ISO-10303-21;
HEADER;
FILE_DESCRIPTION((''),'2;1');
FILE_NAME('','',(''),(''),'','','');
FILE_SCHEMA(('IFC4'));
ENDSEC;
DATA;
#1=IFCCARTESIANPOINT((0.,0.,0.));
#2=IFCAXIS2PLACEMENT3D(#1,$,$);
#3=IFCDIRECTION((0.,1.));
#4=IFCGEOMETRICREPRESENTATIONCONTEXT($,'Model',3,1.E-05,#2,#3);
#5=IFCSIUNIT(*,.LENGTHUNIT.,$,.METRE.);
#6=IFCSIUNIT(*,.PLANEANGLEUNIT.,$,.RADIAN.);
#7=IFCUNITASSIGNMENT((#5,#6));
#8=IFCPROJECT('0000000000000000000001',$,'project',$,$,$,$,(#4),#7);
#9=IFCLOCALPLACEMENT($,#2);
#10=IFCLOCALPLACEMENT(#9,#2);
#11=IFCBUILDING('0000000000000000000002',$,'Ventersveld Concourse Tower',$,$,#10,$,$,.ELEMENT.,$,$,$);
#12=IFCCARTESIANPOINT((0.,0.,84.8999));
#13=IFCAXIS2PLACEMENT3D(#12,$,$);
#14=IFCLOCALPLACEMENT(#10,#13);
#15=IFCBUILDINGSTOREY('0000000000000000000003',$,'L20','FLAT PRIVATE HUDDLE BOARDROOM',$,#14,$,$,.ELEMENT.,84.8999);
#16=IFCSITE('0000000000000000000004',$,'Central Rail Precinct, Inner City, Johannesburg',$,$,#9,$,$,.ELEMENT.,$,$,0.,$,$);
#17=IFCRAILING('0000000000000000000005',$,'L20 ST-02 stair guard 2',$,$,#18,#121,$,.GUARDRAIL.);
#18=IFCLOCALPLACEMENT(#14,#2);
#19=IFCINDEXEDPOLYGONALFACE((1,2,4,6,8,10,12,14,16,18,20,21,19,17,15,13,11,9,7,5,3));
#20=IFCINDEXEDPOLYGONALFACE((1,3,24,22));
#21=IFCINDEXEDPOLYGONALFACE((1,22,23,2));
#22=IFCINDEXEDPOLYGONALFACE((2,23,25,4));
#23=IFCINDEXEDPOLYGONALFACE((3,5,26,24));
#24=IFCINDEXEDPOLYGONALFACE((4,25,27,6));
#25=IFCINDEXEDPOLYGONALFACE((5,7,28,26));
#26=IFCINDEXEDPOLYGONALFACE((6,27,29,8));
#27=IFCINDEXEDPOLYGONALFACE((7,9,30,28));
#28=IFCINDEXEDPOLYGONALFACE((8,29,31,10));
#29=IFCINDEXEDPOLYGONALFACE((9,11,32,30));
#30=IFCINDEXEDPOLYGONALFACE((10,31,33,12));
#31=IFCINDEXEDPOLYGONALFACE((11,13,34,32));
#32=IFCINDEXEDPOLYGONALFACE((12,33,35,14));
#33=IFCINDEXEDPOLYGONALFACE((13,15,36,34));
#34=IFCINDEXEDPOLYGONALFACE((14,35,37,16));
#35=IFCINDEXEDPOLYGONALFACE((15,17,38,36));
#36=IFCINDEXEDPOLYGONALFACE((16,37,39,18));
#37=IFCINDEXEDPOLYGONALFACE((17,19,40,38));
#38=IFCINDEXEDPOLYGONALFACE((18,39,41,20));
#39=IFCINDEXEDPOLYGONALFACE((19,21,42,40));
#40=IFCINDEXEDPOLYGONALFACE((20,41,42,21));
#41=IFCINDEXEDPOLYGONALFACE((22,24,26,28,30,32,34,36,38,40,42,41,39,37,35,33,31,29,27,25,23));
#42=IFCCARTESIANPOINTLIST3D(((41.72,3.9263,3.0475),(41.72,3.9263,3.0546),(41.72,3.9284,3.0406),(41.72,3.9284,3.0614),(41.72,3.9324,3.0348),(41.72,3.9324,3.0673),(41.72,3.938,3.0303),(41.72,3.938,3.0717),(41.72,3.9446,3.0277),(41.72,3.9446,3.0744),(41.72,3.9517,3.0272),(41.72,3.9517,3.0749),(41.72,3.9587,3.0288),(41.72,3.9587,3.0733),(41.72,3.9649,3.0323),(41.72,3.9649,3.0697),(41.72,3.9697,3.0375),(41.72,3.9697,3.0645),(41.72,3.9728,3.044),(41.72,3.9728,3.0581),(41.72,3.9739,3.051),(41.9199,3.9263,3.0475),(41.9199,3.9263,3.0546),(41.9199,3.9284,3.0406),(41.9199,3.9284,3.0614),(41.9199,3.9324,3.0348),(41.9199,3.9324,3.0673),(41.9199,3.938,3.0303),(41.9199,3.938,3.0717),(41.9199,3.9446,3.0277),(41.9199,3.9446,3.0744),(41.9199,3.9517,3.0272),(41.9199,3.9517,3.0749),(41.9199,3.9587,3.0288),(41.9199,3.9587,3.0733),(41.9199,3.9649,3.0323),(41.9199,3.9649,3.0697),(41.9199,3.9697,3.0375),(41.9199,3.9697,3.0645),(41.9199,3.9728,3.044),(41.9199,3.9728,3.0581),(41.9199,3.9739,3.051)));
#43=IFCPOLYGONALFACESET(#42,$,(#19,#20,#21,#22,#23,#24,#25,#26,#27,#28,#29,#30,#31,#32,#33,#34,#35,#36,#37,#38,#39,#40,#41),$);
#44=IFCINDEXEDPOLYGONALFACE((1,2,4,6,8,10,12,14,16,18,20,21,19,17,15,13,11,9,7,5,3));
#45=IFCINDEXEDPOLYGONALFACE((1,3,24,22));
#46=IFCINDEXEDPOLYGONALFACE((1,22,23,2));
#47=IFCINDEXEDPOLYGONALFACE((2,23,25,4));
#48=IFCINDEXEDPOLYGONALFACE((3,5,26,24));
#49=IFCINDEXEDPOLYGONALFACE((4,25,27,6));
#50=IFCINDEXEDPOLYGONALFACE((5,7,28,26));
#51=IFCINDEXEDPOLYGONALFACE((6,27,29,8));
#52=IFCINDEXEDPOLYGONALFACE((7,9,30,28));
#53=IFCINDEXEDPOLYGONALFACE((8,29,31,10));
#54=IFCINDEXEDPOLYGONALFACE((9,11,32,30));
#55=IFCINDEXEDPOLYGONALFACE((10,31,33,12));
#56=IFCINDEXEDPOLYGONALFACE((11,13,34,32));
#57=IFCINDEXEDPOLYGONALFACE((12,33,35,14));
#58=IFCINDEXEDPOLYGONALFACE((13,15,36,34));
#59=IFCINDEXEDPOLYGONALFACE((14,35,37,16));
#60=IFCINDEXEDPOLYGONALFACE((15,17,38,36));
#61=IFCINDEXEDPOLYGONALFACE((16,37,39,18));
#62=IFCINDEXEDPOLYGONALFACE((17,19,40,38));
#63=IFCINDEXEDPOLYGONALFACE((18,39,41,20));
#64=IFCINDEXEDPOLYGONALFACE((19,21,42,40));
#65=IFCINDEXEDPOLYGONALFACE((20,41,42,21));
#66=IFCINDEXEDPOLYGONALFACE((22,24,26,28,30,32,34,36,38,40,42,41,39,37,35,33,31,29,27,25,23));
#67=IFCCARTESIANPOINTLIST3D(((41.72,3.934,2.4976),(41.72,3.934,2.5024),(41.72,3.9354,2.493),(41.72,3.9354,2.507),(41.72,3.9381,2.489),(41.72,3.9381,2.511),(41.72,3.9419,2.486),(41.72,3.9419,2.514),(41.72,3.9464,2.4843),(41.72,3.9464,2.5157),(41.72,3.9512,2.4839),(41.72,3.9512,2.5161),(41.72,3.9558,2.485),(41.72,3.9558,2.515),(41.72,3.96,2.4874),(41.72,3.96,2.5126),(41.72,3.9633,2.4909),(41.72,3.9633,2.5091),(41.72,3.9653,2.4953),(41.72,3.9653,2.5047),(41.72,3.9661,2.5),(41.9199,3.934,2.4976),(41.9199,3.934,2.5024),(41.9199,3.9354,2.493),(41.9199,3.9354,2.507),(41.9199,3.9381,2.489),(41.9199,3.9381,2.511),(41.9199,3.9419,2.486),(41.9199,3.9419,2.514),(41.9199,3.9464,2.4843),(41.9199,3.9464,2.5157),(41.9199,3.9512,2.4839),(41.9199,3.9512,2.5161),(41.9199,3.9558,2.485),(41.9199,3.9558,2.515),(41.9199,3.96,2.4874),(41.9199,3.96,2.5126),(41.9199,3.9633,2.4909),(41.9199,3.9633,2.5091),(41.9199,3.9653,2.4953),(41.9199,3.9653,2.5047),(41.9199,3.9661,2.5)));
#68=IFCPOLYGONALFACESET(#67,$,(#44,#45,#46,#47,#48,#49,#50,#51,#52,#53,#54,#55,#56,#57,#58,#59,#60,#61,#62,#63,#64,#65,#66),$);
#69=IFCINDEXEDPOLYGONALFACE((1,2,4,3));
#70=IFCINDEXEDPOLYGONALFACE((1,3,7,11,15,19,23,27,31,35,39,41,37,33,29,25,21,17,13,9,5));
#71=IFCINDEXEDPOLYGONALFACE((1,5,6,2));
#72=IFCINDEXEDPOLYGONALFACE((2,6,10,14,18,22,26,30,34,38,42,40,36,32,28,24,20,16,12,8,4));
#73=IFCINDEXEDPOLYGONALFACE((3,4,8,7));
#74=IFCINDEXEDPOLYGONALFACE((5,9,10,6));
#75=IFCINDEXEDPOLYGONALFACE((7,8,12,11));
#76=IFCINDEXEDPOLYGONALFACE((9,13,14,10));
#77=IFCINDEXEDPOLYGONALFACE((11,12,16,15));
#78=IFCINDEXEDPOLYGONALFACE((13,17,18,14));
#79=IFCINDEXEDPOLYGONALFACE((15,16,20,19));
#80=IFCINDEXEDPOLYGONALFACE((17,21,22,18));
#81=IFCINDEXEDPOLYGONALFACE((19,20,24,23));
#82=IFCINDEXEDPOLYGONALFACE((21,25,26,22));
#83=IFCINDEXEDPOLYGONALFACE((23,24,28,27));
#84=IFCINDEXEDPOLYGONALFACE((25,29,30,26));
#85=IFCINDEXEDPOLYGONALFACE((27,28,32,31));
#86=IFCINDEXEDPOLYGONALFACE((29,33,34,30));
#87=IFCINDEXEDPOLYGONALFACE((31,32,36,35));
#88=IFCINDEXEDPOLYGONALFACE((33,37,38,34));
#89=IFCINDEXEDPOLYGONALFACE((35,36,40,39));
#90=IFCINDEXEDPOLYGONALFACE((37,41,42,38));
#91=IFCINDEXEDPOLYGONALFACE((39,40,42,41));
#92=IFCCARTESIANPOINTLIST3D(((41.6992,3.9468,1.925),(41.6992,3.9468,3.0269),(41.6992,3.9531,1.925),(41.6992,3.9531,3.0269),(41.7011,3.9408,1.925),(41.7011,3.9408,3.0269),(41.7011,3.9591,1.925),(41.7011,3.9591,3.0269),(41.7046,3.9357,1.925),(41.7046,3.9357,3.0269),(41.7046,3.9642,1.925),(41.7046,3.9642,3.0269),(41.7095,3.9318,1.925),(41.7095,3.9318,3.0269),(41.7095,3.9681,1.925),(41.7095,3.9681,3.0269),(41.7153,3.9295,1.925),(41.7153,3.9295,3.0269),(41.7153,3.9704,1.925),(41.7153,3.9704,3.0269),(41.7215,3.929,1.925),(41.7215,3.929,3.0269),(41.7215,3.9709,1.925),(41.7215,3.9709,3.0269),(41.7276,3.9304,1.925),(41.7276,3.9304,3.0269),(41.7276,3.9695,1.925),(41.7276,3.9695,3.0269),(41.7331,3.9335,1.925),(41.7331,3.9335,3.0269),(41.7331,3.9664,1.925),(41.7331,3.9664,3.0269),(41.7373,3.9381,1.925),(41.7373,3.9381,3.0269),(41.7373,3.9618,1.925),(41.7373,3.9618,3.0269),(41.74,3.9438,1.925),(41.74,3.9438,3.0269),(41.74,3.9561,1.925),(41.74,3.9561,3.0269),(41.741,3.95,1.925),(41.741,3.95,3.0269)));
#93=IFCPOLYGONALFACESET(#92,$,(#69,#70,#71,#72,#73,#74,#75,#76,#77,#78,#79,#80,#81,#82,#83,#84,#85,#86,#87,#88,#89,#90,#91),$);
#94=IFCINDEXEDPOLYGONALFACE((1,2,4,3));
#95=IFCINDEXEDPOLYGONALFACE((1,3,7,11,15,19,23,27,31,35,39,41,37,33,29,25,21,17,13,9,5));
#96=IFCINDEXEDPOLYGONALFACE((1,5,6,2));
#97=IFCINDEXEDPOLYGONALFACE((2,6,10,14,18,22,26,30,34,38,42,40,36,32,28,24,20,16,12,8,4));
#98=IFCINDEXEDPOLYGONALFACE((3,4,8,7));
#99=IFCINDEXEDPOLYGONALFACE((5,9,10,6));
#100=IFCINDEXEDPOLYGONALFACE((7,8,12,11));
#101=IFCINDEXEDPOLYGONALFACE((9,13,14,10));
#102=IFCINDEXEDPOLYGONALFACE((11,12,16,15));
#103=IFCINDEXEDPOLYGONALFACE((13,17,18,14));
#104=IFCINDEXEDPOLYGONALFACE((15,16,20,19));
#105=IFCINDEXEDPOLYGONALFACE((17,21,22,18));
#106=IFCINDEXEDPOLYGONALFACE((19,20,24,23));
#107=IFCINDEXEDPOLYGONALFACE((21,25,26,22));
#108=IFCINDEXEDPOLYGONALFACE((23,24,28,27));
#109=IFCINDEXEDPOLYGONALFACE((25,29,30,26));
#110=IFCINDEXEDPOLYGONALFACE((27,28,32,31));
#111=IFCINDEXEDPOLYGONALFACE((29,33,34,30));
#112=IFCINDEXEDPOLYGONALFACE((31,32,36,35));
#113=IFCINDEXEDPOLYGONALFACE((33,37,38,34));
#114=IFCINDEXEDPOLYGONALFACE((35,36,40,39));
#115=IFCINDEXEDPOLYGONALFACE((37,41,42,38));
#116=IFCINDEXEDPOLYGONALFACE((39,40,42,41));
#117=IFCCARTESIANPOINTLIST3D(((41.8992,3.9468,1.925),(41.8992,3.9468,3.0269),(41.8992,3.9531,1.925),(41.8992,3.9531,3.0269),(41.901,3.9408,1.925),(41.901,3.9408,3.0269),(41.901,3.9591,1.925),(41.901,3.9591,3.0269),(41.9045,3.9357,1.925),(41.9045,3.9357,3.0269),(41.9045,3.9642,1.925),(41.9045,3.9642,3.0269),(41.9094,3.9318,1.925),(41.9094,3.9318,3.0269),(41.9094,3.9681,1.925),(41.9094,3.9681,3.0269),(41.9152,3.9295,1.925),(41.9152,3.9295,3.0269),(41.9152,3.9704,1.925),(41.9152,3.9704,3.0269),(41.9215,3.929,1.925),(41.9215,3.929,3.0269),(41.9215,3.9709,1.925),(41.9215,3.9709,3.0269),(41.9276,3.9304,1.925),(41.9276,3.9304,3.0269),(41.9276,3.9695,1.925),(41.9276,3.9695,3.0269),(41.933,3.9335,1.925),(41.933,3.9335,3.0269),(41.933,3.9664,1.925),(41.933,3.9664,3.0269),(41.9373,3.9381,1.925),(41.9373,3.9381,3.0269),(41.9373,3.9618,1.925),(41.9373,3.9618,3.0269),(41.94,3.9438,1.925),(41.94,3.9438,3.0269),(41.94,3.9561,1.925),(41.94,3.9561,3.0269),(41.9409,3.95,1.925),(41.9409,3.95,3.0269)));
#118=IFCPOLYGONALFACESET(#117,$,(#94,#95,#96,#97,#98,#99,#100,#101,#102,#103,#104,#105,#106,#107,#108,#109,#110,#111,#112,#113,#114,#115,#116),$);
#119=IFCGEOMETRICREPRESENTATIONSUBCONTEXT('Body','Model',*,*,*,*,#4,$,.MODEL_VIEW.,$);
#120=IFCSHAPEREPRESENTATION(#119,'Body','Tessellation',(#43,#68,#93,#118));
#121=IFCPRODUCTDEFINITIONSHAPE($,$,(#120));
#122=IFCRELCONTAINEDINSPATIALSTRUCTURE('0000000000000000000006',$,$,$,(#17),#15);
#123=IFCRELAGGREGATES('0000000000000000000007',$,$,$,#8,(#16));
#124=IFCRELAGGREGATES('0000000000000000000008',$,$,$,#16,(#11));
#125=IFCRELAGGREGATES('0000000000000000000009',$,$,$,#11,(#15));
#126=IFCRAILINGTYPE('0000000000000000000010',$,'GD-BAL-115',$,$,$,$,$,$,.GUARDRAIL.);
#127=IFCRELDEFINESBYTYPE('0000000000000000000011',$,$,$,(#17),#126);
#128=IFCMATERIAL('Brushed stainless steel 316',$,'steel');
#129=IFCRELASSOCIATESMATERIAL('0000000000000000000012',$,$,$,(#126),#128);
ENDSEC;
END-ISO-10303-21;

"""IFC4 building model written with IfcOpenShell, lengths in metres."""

from ifc_helpers import new_model, si_unit, direction, frame, origin, origin_2d, place, context, subcontext, project, spatial, circle, extrude, material, type_object, element, save


model = new_model("IFC4")

# Units and contexts
model_context = context("Model", 3, precision=1e-05, world=origin(), true_north=direction((0.0, 1.0)))
body_context = subcontext(model_context, "Body", "Model", "MODEL_VIEW")
ifc_project = project(units=[si_unit("LENGTHUNIT", "METRE"), si_unit("PLANEANGLEUNIT", "RADIAN")], contexts=[model_context])

# Site, building, storey
site_placement = place(None, origin())
site = spatial("IfcSite", under=ifc_project, at=site_placement, Name="Central Rail Precinct, Inner City, Johannesburg", CompositionType="ELEMENT", RefElevation=0.0)
building_placement = place(site_placement, origin())
building = spatial("IfcBuilding", under=site, at=building_placement, Name="Ventersveld Concourse Tower", CompositionType="ELEMENT")
storey_placement = place(building_placement, frame((0.0, 0.0, 84.8999)))
storey = spatial("IfcBuildingStorey", under=building, at=storey_placement, Name="L20", Description="FLAT PRIVATE HUDDLE BOARDROOM", CompositionType="ELEMENT", Elevation=84.8999)

# Railing
ifc_material_1 = material(Name="Brushed stainless steel 316", Category="steel")
railing_type_1 = type_object("IfcRailingType", Name="GD-BAL-115", PredefinedType="GUARDRAIL", material=ifc_material_1)
railing_1_placement = place(storey_placement, frame((41.72, 3.95, 1.925)))
element("IfcRailing", 1, at=railing_1_placement, inside=storey, type_object=railing_type_1, Name="L20 ST-02 stair guard 2", PredefinedType="GUARDRAIL", context=body_context, shape_type="SweptSolid", body=[
    extrude(circle(Radius=0.0239, at=origin_2d()), frame((0.0, 0.0, 1.126), z_axis=(1.0, 0.0, 0.0), x_axis=(0.0, 1.0, 0.0)), (0.0, 0.0, 1.0), 0.2),
    extrude(circle(Radius=0.0161, at=origin_2d()), frame((0.0, 0.0, 0.575), z_axis=(1.0, 0.0, 0.0), x_axis=(0.0, 1.0, 0.0)), (0.0, 0.0, 1.0), 0.2),
    extrude(circle(Radius=0.021, at=origin_2d()), origin(), (0.0, 0.0, 1.0), 1.1018),
    extrude(circle(Radius=0.021, at=origin_2d()), frame((0.2, 0.0, 0.0)), (0.0, 0.0, 1.0), 1.1018),
])

save(model, "model.ifc")
